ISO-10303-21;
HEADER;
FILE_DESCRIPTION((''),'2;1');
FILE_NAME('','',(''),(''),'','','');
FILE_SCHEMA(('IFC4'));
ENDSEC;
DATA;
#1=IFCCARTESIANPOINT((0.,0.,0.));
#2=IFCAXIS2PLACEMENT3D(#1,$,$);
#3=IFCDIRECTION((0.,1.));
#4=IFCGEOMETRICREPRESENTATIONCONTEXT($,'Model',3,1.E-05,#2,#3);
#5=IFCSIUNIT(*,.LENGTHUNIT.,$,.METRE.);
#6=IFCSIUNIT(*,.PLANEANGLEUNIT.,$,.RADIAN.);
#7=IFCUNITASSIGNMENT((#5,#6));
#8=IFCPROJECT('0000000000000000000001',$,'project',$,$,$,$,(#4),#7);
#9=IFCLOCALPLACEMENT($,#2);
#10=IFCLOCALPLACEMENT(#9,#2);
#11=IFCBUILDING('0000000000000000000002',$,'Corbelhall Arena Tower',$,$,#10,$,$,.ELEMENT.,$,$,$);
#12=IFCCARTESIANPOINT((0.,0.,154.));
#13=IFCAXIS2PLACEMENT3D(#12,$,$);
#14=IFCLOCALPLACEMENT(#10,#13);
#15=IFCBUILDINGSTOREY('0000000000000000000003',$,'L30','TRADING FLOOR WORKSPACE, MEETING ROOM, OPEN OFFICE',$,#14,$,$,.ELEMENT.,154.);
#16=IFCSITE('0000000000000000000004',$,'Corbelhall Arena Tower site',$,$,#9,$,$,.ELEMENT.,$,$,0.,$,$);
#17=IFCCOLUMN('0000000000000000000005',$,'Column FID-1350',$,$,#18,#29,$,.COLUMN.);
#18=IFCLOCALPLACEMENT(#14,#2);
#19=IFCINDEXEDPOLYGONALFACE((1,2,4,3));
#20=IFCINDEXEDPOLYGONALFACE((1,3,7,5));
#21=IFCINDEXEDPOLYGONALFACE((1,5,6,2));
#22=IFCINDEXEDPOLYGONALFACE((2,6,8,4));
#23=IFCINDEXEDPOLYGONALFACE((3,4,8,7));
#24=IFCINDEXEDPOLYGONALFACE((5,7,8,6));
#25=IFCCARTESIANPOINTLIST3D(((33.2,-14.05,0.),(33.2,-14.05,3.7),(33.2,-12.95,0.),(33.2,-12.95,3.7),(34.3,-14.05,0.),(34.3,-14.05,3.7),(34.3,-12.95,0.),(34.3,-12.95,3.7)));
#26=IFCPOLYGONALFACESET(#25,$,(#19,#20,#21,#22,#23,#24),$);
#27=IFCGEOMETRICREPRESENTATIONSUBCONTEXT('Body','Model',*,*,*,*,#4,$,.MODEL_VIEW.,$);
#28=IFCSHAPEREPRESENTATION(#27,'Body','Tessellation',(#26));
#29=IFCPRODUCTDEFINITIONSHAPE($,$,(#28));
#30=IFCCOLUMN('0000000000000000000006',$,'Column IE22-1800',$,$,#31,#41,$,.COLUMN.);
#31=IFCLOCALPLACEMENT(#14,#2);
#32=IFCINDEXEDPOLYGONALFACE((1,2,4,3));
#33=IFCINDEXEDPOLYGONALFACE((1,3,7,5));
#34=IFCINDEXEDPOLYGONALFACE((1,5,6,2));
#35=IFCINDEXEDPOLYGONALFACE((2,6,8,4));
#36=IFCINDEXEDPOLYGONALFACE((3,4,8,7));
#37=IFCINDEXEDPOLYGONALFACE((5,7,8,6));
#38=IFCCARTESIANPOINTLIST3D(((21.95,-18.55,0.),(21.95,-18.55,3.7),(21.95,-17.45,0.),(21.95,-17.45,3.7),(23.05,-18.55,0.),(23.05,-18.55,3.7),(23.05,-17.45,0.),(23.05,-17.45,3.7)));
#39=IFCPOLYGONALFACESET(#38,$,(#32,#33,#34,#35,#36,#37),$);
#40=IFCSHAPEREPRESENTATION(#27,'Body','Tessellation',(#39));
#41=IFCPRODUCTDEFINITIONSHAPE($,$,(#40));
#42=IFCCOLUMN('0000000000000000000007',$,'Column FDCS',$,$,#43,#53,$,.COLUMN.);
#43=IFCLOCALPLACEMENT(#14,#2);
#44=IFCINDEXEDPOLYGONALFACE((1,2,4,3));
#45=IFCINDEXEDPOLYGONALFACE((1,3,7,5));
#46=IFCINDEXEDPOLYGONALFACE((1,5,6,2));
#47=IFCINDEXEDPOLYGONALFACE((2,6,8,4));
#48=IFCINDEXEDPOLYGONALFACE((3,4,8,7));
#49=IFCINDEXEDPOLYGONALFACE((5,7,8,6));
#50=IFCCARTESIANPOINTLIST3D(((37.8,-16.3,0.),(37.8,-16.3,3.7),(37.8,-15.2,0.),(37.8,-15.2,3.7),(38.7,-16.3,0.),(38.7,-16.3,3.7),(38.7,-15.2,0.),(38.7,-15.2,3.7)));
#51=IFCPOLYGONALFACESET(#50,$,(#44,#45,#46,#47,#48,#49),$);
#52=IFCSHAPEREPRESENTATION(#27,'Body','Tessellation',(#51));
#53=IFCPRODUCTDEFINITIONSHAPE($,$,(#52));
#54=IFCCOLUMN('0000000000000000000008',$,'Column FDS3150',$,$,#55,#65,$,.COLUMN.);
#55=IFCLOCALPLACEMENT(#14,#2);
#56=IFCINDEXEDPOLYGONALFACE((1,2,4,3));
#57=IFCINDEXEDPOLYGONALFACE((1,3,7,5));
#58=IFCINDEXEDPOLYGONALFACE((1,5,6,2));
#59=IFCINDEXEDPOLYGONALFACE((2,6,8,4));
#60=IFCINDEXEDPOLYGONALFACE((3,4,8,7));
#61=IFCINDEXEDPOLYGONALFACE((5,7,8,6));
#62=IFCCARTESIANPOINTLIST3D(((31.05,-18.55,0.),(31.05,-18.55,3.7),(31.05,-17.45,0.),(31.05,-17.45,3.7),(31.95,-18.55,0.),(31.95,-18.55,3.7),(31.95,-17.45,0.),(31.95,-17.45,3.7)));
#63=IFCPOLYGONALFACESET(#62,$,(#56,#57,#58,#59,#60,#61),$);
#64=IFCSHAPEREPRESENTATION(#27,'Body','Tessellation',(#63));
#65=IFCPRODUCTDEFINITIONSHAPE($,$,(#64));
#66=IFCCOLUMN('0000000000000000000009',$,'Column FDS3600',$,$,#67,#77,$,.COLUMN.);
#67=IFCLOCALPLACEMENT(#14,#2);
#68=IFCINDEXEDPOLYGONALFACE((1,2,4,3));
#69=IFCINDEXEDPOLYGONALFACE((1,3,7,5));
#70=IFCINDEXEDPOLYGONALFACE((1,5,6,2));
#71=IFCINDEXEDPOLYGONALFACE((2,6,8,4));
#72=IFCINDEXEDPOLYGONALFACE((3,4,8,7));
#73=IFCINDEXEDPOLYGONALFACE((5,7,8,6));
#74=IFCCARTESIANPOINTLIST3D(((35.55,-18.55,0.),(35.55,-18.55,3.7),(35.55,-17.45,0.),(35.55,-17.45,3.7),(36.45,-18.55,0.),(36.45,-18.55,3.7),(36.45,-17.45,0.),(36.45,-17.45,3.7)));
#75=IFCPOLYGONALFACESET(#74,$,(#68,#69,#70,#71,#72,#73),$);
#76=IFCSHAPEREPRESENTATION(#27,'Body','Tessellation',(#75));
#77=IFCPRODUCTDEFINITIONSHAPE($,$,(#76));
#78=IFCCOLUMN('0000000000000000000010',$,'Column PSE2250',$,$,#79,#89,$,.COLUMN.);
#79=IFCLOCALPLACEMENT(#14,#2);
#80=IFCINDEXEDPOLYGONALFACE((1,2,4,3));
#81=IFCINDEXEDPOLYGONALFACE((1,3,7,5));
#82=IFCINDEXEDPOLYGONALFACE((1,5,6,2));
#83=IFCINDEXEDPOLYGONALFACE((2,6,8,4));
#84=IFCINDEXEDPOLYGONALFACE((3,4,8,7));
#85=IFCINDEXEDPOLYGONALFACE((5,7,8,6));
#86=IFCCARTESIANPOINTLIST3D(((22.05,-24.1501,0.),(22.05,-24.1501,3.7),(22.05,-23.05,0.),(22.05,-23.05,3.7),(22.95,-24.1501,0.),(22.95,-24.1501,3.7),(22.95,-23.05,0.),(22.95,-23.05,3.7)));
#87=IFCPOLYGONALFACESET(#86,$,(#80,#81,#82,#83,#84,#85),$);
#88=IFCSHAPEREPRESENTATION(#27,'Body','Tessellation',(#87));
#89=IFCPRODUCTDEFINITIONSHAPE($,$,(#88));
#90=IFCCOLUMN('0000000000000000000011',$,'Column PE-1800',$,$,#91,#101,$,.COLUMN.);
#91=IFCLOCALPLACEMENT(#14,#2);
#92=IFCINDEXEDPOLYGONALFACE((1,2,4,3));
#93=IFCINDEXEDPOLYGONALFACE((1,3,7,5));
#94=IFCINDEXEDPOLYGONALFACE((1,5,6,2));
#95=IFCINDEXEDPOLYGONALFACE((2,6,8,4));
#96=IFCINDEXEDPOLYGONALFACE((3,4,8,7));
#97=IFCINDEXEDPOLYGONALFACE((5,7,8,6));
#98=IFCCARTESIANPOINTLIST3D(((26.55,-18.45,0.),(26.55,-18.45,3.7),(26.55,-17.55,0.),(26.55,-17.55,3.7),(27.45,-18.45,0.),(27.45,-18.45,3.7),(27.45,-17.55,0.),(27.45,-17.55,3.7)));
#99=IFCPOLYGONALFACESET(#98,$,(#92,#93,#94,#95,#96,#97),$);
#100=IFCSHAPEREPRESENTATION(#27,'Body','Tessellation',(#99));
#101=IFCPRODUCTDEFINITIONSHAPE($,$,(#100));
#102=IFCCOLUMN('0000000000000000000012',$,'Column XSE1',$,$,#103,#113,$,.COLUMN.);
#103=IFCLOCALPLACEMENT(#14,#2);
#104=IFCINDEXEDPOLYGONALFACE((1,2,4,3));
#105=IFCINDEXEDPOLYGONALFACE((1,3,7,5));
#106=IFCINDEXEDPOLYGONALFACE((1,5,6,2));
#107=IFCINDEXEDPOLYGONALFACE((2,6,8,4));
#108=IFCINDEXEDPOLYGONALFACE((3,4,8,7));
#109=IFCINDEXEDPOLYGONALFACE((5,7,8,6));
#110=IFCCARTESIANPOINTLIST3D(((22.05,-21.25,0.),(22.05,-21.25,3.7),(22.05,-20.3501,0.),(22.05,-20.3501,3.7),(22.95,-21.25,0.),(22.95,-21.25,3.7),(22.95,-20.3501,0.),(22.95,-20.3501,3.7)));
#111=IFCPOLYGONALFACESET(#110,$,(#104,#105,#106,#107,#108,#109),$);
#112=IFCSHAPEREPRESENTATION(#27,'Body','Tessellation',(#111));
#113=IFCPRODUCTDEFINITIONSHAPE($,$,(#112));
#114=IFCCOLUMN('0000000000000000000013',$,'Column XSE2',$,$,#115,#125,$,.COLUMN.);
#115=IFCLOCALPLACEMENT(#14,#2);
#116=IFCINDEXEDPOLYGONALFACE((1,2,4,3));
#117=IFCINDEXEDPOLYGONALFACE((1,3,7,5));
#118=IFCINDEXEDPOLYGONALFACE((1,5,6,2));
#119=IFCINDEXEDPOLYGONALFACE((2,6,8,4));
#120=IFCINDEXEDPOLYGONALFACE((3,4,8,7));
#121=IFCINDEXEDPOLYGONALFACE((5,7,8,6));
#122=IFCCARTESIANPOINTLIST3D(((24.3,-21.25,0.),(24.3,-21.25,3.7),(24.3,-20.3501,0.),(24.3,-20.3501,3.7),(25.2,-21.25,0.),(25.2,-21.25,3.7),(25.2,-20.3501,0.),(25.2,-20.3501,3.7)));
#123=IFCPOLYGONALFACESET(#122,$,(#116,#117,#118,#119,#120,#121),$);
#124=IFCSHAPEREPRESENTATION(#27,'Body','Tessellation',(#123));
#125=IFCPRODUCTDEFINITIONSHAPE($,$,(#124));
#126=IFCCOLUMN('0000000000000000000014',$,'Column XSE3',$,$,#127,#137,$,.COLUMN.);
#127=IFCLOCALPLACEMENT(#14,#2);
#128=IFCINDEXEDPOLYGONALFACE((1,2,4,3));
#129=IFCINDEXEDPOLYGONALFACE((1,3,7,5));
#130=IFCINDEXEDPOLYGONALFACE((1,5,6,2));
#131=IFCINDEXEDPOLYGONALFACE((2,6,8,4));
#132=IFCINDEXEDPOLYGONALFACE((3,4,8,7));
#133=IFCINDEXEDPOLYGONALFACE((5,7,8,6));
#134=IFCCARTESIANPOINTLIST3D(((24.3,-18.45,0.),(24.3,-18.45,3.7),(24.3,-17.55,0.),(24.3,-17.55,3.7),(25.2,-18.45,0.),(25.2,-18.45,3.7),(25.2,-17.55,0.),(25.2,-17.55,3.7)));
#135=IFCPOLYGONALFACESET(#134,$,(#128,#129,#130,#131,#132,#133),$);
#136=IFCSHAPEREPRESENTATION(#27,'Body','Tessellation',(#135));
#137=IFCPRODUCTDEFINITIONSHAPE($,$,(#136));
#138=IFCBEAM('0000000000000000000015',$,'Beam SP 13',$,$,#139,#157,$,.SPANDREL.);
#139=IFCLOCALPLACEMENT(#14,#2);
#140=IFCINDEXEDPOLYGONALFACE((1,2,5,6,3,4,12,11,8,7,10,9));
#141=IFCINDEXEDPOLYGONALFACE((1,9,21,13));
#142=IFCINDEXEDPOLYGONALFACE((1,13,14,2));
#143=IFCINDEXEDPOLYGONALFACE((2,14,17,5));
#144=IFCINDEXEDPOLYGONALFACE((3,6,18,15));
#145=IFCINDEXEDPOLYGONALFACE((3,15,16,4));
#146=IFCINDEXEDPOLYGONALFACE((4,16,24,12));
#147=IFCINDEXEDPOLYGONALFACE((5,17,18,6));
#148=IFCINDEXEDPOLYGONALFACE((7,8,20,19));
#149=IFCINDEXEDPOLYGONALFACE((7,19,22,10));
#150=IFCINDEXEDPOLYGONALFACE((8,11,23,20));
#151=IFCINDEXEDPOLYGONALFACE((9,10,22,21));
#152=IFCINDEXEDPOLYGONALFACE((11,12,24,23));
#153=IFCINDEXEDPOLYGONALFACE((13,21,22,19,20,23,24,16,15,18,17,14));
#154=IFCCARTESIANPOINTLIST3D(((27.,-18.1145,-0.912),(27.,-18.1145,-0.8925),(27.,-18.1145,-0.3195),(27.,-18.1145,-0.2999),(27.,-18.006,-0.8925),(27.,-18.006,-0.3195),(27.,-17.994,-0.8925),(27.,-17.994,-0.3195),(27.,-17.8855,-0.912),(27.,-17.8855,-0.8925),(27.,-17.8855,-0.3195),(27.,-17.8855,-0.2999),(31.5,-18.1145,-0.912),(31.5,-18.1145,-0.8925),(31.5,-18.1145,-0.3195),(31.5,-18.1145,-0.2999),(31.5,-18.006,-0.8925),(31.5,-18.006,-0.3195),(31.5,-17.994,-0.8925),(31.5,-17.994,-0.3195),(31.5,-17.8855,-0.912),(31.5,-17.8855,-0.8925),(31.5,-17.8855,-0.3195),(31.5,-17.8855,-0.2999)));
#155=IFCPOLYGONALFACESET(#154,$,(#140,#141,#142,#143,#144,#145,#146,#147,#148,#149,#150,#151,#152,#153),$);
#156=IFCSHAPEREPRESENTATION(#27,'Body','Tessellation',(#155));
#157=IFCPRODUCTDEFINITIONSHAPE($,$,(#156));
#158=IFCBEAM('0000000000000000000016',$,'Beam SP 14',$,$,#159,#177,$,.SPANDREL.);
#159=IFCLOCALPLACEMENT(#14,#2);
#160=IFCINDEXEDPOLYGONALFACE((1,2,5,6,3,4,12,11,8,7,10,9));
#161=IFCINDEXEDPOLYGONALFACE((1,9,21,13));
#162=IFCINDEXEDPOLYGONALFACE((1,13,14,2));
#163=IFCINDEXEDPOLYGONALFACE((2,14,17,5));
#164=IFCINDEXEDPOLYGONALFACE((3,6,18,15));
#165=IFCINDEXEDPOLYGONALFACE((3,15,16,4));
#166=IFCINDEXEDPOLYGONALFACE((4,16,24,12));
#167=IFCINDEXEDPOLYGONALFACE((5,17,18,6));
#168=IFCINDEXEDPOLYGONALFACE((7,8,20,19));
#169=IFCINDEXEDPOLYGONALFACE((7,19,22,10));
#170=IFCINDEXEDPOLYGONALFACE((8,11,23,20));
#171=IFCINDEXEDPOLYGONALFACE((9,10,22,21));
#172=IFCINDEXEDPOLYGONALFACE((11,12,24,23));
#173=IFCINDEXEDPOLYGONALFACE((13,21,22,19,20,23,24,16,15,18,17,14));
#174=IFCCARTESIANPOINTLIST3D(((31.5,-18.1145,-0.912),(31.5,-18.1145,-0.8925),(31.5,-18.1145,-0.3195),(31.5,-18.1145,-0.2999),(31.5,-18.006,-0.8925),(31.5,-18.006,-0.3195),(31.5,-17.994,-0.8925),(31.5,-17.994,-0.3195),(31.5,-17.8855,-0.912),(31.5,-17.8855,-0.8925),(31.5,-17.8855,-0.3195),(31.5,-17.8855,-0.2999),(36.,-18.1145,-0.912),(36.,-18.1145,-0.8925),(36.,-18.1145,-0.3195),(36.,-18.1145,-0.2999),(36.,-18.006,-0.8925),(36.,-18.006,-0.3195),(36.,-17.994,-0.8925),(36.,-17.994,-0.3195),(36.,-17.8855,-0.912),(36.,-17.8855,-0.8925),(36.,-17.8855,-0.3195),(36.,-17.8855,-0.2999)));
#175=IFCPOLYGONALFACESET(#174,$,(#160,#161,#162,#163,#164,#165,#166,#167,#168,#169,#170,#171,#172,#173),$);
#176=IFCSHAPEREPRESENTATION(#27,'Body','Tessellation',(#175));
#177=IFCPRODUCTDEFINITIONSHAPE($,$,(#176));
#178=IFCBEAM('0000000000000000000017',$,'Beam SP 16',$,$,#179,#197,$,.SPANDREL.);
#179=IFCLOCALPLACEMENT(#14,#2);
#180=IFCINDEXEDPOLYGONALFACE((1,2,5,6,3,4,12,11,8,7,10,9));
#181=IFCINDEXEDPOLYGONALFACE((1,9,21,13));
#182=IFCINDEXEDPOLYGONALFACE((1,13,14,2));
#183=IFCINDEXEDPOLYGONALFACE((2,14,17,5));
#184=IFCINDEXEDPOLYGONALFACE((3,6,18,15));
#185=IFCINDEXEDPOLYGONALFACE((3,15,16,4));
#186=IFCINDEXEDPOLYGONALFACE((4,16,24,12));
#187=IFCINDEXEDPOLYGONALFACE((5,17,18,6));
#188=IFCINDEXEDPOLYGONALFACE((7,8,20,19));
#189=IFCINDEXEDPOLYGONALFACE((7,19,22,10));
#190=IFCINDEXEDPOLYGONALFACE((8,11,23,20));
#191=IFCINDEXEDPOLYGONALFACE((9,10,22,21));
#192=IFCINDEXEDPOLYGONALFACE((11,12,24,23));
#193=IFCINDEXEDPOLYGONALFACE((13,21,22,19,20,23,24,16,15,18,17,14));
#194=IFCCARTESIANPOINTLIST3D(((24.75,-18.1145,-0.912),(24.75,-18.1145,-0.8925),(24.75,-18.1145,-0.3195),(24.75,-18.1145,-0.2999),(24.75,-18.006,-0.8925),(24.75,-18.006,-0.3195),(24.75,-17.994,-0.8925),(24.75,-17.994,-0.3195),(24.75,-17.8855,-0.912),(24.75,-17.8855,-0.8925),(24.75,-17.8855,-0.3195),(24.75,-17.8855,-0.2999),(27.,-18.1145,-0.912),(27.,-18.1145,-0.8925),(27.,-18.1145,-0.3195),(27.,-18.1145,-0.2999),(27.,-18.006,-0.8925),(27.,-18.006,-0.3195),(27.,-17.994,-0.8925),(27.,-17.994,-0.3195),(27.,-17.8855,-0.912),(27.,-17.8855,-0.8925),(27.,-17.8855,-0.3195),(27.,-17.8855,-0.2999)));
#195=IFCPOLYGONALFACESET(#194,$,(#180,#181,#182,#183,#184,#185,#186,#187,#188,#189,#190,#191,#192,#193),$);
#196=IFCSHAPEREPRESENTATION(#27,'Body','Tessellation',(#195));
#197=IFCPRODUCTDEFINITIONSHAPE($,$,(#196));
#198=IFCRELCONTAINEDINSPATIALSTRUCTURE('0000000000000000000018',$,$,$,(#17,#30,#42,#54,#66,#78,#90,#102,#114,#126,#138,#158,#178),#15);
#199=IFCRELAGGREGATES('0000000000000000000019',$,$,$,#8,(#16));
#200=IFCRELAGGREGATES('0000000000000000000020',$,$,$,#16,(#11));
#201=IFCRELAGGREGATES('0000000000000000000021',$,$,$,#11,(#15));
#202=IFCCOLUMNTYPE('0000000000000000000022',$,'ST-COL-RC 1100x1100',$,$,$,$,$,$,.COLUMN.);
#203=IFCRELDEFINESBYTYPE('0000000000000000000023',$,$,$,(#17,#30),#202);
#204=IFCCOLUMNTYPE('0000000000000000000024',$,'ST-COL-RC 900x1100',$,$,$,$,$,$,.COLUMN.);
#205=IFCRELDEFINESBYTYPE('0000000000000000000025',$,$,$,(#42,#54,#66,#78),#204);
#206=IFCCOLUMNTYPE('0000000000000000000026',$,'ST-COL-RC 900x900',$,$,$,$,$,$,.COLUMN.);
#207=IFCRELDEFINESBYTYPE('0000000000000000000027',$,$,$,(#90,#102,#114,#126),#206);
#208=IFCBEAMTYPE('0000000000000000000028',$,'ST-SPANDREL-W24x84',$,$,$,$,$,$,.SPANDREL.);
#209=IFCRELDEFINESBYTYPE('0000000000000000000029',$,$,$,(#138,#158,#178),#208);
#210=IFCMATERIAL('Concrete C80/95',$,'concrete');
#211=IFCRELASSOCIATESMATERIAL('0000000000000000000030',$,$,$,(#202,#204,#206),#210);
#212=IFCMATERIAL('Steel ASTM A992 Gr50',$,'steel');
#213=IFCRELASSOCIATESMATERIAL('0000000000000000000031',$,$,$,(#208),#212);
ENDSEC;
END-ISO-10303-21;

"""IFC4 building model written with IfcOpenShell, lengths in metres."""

from ifc_helpers import new_model, si_unit, direction, frame, origin, origin_2d, place, context, subcontext, project, spatial, rectangle, i_section, extrude, material, material_profile, profile_set, type_object, element, save


model = new_model("IFC4")

# Units and contexts
model_context = context("Model", 3, precision=1e-05, world=origin(), true_north=direction((0.0, 1.0)))
body_context = subcontext(model_context, "Body", "Model", "MODEL_VIEW")
ifc_project = project(units=[si_unit("LENGTHUNIT", "METRE"), si_unit("PLANEANGLEUNIT", "RADIAN")], contexts=[model_context])

# Site, building, storey
site_placement = place(None, origin())
site = spatial("IfcSite", under=ifc_project, at=site_placement, Name="Corbelhall Arena Tower site", CompositionType="ELEMENT", RefElevation=0.0)
building_placement = place(site_placement, origin())
building = spatial("IfcBuilding", under=site, at=building_placement, Name="Corbelhall Arena Tower", CompositionType="ELEMENT")
storey_placement = place(building_placement, frame((0.0, 0.0, 154.0)))
storey = spatial("IfcBuildingStorey", under=building, at=storey_placement, Name="L30", Description="TRADING FLOOR WORKSPACE, MEETING ROOM, OPEN OFFICE", CompositionType="ELEMENT", Elevation=154.0)

# Columns
ifc_material_1 = material(Name="Concrete C80/95", Category="concrete")
ifc_material_profile_1 = material_profile(ifc_material_1, rectangle(XDim=1.1001, YDim=1.1001, at=origin_2d()))
ifc_profile_set_1 = profile_set([ifc_material_profile_1], Name="Concrete C80/95")
column_type_1 = type_object("IfcColumnType", Name="ST-COL-RC 1100x1100", PredefinedType="COLUMN", material=ifc_profile_set_1)
for number, where, z_axis, x_axis, name in (
    (1, (33.75, -13.5, 0.0), (0.0, 0.0, 1.0), (1.0, 0.0, 0.0), "Column FID-1350"),
    (2, (22.5, -18.0, 0.0), (0.0, 0.0, 1.0), (1.0, 0.0, 0.0), "Column IE22-1800"),
):
    element("IfcColumn", number, at=place(storey_placement, frame(where, z_axis=z_axis, x_axis=x_axis)), inside=storey, type_object=column_type_1, Name=name, PredefinedType="COLUMN", context=body_context, shape_type="SweptSolid", body=[
        extrude(rectangle(XDim=1.1001, YDim=1.1001, at=origin_2d()), origin(), (0.0, 0.0, 1.0), 3.7),
    ])
ifc_material_profile_2 = material_profile(ifc_material_1, rectangle(XDim=0.8999, YDim=1.1001, at=origin_2d()))
ifc_profile_set_2 = profile_set([ifc_material_profile_2], Name="Concrete C80/95")
column_type_2 = type_object("IfcColumnType", Name="ST-COL-RC 900x1100", PredefinedType="COLUMN", material=ifc_profile_set_2)
for number, where, z_axis, x_axis, name in (
    (3, (38.25, -15.75, 0.0), (0.0, 0.0, 1.0), (1.0, 0.0, 0.0), "Column FDCS"),
    (4, (31.5, -18.0, 0.0), (0.0, 0.0, 1.0), (1.0, 0.0, 0.0), "Column FDS3150"),
    (5, (36.0, -18.0, 0.0), (0.0, 0.0, 1.0), (1.0, 0.0, 0.0), "Column FDS3600"),
    (6, (22.5, -23.6001, 0.0), (0.0, 0.0, 1.0), (1.0, 0.0, 0.0), "Column PSE2250"),
):
    element("IfcColumn", number, at=place(storey_placement, frame(where, z_axis=z_axis, x_axis=x_axis)), inside=storey, type_object=column_type_2, Name=name, PredefinedType="COLUMN", context=body_context, shape_type="SweptSolid", body=[
        extrude(rectangle(XDim=0.8999, YDim=1.1001, at=origin_2d()), origin(), (0.0, 0.0, 1.0), 3.7),
    ])
ifc_material_profile_3 = material_profile(ifc_material_1, rectangle(XDim=0.8999, YDim=0.8999, at=origin_2d()))
ifc_profile_set_3 = profile_set([ifc_material_profile_3], Name="Concrete C80/95")
column_type_3 = type_object("IfcColumnType", Name="ST-COL-RC 900x900", PredefinedType="COLUMN", material=ifc_profile_set_3)
for number, where, z_axis, x_axis, name in (
    (7, (27.0, -18.0, 0.0), (0.0, 0.0, 1.0), (1.0, 0.0, 0.0), "Column PE-1800"),
    (8, (22.5, -20.8, 0.0), (0.0, 0.0, 1.0), (1.0, 0.0, 0.0), "Column XSE1"),
    (9, (24.75, -20.8, 0.0), (0.0, 0.0, 1.0), (1.0, 0.0, 0.0), "Column XSE2"),
    (10, (24.75, -18.0, 0.0), (0.0, 0.0, 1.0), (1.0, 0.0, 0.0), "Column XSE3"),
):
    element("IfcColumn", number, at=place(storey_placement, frame(where, z_axis=z_axis, x_axis=x_axis)), inside=storey, type_object=column_type_3, Name=name, PredefinedType="COLUMN", context=body_context, shape_type="SweptSolid", body=[
        extrude(rectangle(XDim=0.8999, YDim=0.8999, at=origin_2d()), origin(), (0.0, 0.0, 1.0), 3.7),
    ])

# Beams
ifc_material_2 = material(Name="Steel ASTM A992 Gr50", Category="steel")
ifc_material_profile_4 = material_profile(ifc_material_2, i_section(OverallWidth=0.229, OverallDepth=0.6121, WebThickness=0.012, FlangeThickness=0.0195, at=origin_2d()))
ifc_profile_set_4 = profile_set([ifc_material_profile_4], Name="Steel ASTM A992 Gr50")
beam_type = type_object("IfcBeamType", Name="ST-SPANDREL-W24x84", PredefinedType="SPANDREL", material=ifc_profile_set_4)
for number, where, z_axis, x_axis, name in (
    (11, (31.5, -18.0, -0.606), (-1.0, 0.0, 0.0), (0.0, -1.0, 0.0), "Beam SP 13"),
    (12, (36.0, -18.0, -0.606), (-1.0, 0.0, 0.0), (0.0, -1.0, 0.0), "Beam SP 14"),
):
    element("IfcBeam", number, at=place(storey_placement, frame(where, z_axis=z_axis, x_axis=x_axis)), inside=storey, type_object=beam_type, Name=name, PredefinedType="SPANDREL", context=body_context, shape_type="SweptSolid", body=[
        extrude(i_section(OverallWidth=0.229, OverallDepth=0.6121, WebThickness=0.012, FlangeThickness=0.0195, at=origin_2d()), origin(), (0.0, 0.0, 1.0), 4.5),
    ])
beam_1_placement = place(storey_placement, frame((27.0, -18.0, -0.606), z_axis=(-1.0, 0.0, 0.0), x_axis=(0.0, -1.0, 0.0)))
element("IfcBeam", 13, at=beam_1_placement, inside=storey, type_object=beam_type, Name="Beam SP 16", PredefinedType="SPANDREL", context=body_context, shape_type="SweptSolid", body=[
    extrude(i_section(OverallWidth=0.229, OverallDepth=0.6121, WebThickness=0.012, FlangeThickness=0.0195, at=origin_2d()), origin(), (0.0, 0.0, 1.0), 2.25),
])

save(model, "model.ifc")
